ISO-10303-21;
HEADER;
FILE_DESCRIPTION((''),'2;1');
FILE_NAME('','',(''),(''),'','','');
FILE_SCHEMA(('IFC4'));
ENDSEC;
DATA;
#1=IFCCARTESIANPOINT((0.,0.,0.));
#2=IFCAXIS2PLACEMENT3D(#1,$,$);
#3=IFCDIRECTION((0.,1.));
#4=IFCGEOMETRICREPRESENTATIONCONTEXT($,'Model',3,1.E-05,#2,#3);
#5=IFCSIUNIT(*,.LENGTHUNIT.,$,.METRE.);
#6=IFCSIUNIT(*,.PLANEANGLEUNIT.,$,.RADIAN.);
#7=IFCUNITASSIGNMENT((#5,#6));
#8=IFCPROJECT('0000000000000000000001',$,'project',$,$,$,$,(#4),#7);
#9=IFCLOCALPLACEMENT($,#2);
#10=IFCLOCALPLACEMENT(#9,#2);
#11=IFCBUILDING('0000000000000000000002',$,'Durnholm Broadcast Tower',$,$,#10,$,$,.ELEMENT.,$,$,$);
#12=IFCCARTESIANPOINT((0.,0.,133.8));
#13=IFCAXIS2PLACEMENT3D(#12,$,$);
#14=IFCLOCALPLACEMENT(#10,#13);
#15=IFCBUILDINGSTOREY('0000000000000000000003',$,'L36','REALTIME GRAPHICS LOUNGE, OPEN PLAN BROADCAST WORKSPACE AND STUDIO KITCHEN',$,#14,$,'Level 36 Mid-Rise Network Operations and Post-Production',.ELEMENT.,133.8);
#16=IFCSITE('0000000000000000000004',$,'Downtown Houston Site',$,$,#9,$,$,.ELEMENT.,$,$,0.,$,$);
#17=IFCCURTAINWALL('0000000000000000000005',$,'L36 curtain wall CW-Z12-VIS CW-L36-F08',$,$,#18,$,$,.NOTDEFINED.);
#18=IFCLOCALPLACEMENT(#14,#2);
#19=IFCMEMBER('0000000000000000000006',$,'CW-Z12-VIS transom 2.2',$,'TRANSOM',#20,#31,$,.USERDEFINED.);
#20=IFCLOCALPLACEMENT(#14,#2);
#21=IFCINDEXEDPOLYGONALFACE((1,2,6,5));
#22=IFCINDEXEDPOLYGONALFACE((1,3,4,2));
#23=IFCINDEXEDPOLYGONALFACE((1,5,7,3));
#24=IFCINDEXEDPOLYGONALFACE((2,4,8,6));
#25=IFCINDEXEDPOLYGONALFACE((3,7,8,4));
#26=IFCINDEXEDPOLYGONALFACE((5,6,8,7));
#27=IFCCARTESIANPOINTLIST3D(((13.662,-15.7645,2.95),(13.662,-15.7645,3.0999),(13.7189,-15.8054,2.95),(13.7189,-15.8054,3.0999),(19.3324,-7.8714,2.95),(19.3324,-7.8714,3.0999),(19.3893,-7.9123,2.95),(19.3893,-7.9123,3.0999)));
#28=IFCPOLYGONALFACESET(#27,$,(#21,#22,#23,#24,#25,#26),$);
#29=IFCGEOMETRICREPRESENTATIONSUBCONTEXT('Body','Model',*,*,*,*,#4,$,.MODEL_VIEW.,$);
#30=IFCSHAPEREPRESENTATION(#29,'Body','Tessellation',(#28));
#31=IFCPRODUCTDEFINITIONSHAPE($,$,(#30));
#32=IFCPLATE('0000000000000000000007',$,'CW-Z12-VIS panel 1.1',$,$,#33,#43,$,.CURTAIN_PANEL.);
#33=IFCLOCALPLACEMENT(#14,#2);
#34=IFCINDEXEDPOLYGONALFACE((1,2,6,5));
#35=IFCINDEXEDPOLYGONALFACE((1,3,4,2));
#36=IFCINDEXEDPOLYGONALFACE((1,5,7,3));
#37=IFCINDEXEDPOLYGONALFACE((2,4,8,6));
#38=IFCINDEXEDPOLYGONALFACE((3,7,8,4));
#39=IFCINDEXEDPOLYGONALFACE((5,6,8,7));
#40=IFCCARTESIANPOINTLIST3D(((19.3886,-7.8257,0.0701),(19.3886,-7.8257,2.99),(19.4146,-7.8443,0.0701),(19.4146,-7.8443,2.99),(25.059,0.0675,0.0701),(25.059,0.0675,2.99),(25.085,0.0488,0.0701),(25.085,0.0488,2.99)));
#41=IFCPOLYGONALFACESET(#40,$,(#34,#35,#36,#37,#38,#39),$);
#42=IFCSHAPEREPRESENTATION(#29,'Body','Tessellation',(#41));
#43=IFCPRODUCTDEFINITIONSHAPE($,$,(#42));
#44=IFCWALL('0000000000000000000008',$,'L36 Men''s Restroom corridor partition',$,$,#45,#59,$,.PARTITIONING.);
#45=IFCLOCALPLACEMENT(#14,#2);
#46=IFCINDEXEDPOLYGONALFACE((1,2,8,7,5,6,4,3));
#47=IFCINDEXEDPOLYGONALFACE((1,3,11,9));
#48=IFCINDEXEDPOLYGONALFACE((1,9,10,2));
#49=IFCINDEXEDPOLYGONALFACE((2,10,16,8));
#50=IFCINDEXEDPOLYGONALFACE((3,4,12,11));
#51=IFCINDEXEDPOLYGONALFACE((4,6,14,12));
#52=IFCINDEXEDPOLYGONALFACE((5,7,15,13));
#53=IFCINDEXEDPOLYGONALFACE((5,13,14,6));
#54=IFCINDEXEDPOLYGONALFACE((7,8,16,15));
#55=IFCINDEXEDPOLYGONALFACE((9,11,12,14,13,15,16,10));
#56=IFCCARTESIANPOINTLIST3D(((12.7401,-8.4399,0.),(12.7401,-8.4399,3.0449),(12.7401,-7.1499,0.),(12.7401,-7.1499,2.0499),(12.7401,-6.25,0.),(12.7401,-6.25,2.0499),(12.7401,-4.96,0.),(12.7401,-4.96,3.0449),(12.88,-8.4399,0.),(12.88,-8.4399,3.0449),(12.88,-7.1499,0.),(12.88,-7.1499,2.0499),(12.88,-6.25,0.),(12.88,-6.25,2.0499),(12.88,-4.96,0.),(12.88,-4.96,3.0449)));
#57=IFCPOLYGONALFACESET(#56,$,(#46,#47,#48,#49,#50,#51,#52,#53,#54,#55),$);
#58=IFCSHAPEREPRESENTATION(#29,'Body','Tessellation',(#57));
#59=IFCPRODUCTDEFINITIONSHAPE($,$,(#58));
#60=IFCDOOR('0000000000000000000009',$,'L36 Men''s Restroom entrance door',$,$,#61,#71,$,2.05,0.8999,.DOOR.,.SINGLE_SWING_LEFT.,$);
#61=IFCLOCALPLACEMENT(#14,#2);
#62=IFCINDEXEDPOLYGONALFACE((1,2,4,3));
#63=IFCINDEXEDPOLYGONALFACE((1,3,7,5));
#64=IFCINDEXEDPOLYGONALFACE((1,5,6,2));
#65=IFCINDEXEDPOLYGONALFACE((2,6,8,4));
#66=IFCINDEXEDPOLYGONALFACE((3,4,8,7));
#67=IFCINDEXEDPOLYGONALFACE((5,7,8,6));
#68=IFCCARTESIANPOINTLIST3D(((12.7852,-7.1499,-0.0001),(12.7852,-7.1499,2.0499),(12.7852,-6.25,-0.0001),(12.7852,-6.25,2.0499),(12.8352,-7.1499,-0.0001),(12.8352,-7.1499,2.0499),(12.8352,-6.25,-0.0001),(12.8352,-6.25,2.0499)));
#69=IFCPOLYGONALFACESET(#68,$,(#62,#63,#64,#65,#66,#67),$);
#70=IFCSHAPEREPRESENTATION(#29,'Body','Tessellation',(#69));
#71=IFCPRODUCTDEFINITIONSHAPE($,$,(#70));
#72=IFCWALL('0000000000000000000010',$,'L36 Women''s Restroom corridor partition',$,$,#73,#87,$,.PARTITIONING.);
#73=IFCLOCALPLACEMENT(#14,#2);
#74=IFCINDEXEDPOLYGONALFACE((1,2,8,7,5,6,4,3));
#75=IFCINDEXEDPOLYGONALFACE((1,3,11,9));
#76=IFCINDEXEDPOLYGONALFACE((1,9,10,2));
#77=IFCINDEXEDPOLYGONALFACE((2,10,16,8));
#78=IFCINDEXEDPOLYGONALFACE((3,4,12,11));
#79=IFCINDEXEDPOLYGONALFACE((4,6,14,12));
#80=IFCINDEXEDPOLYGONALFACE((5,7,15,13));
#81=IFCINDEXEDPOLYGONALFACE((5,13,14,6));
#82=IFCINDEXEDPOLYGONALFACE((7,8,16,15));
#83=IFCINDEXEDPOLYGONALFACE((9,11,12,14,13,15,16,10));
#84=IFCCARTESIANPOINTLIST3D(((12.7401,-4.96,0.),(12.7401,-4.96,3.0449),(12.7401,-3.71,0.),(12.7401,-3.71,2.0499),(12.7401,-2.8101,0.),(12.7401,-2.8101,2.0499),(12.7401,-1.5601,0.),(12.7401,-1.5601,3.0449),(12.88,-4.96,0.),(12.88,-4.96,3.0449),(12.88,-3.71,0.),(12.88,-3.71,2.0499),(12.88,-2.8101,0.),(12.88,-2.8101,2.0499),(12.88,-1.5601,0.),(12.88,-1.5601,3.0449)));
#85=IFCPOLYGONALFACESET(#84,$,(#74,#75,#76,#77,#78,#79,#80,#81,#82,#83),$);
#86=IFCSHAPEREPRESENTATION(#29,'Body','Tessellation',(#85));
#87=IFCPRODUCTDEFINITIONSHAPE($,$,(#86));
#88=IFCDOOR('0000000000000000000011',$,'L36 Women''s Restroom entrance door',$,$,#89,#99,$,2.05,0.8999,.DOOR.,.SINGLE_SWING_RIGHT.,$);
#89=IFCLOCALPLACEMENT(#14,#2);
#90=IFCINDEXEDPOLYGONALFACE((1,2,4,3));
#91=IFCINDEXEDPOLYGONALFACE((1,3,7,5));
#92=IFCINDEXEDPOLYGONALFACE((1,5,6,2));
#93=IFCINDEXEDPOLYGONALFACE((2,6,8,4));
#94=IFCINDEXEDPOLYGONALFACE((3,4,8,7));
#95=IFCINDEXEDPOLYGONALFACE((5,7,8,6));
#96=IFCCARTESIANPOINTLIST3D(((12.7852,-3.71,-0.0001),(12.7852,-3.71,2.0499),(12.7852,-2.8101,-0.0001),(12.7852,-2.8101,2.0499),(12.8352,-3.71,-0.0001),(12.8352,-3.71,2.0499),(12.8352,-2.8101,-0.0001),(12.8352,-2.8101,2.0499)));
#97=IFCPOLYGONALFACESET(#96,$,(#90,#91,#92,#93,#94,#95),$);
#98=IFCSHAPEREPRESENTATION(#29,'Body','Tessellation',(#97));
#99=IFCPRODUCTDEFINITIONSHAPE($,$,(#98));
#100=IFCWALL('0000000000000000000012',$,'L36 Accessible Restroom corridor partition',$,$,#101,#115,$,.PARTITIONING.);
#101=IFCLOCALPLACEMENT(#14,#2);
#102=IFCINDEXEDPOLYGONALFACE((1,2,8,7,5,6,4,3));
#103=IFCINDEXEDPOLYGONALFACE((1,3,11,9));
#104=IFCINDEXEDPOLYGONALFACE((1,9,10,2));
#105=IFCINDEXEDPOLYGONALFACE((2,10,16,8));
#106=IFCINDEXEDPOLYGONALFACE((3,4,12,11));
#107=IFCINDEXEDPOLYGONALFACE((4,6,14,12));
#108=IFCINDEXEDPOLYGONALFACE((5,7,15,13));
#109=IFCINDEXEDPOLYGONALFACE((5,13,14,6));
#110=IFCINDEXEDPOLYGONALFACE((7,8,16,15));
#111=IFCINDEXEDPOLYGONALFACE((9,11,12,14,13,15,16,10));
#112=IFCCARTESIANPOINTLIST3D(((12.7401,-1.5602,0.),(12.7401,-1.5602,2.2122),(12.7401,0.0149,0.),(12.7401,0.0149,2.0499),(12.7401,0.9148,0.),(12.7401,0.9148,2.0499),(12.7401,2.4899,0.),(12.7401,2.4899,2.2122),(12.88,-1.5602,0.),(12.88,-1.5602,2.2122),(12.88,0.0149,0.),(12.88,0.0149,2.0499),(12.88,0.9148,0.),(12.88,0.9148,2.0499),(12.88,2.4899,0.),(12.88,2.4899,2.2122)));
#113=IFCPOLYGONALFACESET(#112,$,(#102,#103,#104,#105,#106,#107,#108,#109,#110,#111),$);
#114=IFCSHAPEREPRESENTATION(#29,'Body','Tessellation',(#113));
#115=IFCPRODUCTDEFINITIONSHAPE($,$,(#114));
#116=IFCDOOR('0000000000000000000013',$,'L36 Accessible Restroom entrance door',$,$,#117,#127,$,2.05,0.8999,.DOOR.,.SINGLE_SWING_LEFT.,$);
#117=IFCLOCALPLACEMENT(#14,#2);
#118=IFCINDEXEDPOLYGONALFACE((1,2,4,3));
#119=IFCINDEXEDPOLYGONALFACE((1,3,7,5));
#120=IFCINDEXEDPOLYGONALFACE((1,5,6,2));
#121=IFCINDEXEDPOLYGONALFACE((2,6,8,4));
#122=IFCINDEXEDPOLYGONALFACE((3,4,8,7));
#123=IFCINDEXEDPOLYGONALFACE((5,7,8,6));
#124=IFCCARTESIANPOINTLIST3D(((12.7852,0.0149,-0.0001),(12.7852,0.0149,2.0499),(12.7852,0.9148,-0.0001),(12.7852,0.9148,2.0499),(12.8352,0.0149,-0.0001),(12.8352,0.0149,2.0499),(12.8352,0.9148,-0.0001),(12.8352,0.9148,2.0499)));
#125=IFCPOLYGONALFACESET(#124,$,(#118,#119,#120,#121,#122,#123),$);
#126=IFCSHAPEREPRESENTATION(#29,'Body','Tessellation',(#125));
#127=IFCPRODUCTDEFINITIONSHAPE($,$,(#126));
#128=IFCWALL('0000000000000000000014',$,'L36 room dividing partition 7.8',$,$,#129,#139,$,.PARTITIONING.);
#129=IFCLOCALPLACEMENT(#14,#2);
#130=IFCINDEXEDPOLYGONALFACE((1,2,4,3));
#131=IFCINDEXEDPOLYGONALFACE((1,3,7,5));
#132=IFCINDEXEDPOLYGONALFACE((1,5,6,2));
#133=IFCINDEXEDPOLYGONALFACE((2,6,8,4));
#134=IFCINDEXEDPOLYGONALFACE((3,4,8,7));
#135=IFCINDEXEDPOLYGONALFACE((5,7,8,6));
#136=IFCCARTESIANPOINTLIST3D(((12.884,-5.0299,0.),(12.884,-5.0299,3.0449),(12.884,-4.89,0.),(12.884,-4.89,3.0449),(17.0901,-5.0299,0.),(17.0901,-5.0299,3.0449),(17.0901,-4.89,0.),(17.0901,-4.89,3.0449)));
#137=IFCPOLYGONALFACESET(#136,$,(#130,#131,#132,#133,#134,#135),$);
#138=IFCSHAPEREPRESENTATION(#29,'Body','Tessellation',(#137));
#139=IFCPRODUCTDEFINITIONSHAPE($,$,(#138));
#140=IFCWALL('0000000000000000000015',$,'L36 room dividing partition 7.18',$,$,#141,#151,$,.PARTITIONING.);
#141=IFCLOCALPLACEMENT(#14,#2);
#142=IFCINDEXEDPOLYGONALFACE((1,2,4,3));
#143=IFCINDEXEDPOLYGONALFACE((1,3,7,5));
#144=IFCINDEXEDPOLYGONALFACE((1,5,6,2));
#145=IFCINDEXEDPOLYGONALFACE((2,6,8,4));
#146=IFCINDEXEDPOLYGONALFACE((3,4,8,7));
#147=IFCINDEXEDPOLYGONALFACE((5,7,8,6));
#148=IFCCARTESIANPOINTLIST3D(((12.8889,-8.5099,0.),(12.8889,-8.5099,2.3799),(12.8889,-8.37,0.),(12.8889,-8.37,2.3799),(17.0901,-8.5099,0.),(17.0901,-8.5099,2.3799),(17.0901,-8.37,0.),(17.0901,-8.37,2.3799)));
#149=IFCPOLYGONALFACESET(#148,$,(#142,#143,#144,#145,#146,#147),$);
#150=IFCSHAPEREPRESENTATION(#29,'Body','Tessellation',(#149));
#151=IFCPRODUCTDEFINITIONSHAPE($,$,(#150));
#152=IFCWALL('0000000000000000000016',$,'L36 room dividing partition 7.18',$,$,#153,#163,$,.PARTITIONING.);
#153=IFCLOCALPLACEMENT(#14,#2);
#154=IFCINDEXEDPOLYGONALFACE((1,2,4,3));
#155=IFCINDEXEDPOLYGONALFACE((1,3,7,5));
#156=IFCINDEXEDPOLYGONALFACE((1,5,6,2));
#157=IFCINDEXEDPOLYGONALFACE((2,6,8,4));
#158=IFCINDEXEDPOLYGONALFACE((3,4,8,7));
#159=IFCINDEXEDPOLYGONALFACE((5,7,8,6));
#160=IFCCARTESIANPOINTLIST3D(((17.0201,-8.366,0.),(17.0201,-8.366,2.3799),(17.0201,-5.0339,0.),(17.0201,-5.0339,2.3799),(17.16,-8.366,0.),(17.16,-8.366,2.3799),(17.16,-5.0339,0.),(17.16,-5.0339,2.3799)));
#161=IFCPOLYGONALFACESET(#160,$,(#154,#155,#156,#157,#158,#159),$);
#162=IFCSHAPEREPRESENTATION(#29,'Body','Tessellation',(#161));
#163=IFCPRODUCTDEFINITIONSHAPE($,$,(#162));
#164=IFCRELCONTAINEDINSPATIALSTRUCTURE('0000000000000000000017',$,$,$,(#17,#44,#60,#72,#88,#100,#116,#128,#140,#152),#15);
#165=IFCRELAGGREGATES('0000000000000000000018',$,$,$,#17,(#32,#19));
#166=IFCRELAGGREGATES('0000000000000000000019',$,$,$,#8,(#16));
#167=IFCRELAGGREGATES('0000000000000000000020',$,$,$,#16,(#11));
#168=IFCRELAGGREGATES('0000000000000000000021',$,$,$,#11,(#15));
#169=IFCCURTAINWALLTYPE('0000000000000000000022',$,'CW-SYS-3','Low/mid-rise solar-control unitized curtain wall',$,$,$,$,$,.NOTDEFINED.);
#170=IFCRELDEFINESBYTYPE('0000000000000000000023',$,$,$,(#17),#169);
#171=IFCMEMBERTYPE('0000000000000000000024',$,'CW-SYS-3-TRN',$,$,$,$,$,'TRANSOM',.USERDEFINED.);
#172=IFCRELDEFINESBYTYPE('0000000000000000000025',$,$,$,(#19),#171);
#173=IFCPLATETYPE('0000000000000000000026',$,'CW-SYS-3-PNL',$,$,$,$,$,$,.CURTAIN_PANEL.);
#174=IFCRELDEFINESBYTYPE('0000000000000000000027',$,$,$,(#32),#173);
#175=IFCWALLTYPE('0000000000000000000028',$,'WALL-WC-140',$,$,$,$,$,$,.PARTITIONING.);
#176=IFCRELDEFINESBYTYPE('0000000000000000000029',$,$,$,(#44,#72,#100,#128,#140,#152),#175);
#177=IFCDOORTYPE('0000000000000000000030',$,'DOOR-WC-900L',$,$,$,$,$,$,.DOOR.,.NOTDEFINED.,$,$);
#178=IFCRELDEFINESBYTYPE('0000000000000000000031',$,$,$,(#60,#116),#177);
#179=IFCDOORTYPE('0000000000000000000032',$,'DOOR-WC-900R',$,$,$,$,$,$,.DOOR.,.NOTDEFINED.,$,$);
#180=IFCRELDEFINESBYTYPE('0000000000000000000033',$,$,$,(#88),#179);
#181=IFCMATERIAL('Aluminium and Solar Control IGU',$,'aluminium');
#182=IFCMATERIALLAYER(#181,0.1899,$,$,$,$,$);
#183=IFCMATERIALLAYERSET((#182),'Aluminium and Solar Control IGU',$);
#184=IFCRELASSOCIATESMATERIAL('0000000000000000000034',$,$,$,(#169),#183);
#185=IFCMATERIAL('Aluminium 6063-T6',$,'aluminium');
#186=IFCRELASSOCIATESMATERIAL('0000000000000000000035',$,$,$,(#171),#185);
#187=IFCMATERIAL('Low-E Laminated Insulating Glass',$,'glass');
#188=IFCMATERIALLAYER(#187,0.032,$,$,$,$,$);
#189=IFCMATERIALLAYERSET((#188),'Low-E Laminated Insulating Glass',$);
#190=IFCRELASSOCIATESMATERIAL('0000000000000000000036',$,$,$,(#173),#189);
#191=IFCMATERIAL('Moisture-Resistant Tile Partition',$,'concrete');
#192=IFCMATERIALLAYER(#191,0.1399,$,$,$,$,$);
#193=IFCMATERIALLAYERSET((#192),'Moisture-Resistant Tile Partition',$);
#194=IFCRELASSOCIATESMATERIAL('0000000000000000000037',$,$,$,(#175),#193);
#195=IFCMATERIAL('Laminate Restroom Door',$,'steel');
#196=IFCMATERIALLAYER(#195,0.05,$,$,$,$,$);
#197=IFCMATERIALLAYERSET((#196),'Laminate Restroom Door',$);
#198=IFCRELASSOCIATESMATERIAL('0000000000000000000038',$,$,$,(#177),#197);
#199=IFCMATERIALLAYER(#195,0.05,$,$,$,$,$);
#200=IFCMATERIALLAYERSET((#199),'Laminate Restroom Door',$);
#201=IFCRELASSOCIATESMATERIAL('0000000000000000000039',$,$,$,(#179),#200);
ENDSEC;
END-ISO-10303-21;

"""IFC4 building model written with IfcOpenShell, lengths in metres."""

from ifc_helpers import new_model, si_unit, direction, frame, frame_2d, origin, origin_2d, place, context, subcontext, project, spatial, rectangle, extrude, source, transform, mapped, material, layer, layer_set, material_profile, profile_set, type_object, type_shapes, element, fill, aggregate, save


model = new_model("IFC4")

# Units and contexts
model_context = context("Model", 3, precision=1e-05, world=origin(), true_north=direction((0.0, 1.0)))
body_context = subcontext(model_context, "Body", "Model", "MODEL_VIEW")
ifc_project = project(units=[si_unit("LENGTHUNIT", "METRE"), si_unit("PLANEANGLEUNIT", "RADIAN")], contexts=[model_context])

# Site, building, storey
site_placement = place(None, origin())
site = spatial("IfcSite", under=ifc_project, at=site_placement, Name="Downtown Houston Site", CompositionType="ELEMENT", RefElevation=0.0)
building_placement = place(site_placement, origin())
building = spatial("IfcBuilding", under=site, at=building_placement, Name="Durnholm Broadcast Tower", CompositionType="ELEMENT")
storey_placement = place(building_placement, frame((0.0, 0.0, 133.8)))
storey = spatial("IfcBuildingStorey", under=building, at=storey_placement, Name="L36", Description="REALTIME GRAPHICS LOUNGE, OPEN PLAN BROADCAST WORKSPACE AND STUDIO KITCHEN", LongName="Level 36 Mid-Rise Network Operations and Post-Production", CompositionType="ELEMENT", Elevation=133.8)

# Shared definitions
ifc_material_1 = material(Name="Aluminium and Solar Control IGU", Category="aluminium")
ifc_material_2 = material(Name="Aluminium 6063-T6", Category="aluminium")

# Curtain wall, member, plate
ifc_layer_1 = layer(ifc_material_1, 0.1899)
ifc_layer_set_1 = layer_set([ifc_layer_1], Name="Aluminium and Solar Control IGU")
curtain_wall_type_1 = type_object("IfcCurtainWallType", Name="CW-SYS-3", Description="Low/mid-rise solar-control unitized curtain wall", PredefinedType="NOTDEFINED", material=ifc_layer_set_1)
curtain_wall_1_placement = place(storey_placement, origin())
curtain_wall_1 = element("IfcCurtainWall", 1, at=curtain_wall_1_placement, inside=storey, type_object=curtain_wall_type_1, Name="L36 curtain wall CW-Z12-VIS CW-L36-F08", PredefinedType="NOTDEFINED")
ifc_material_profile_1 = material_profile(ifc_material_2, rectangle(XDim=0.0701, YDim=0.1499, at=origin_2d()), Name="CWT70X150")
ifc_profile_set_1 = profile_set([ifc_material_profile_1], Name="Aluminium 6063-T6")
member_type_1 = type_object("IfcMemberType", Name="CW-SYS-3-TRN", ElementType="TRANSOM", PredefinedType="USERDEFINED", material=ifc_profile_set_1)
shared_shape_1 = source(origin(), body_context, "Body", "SweptSolid", [
    extrude(rectangle(XDim=0.0701, YDim=0.1499, at=origin_2d()), origin(), (0.0, 0.0, 1.0), 9.7188),
])
type_shapes(member_type_1, [shared_shape_1])
member_1_placement = place(storey_placement, frame((19.3608, -7.8918, 3.0249), z_axis=(-0.583451, -0.812149, 0.0), x_axis=(0.812149, -0.583451, 0.0)))
member_1 = element("IfcMember", 2, at=member_1_placement, type_object=member_type_1, Name="CW-Z12-VIS transom 2.2", ObjectType="TRANSOM", PredefinedType="USERDEFINED", context=body_context, shape_type="MappedRepresentation", body=[
    mapped(shared_shape_1, transform((0.0, 0.0, 0.0), x_axis=(1.0, 0.0, 0.0), y_axis=(0.0, 1.0, 0.0), z_axis=(0.0, 0.0, 1.0), scale=1.0)),
])
ifc_material_3 = material(Name="Low-E Laminated Insulating Glass", Category="glass")
ifc_layer_2 = layer(ifc_material_3, 0.032)
ifc_layer_set_2 = layer_set([ifc_layer_2], Name="Low-E Laminated Insulating Glass")
plate_type = type_object("IfcPlateType", Name="CW-SYS-3-PNL", PredefinedType="CURTAIN_PANEL", material=ifc_layer_set_2)
shared_shape_2 = source(origin(), body_context, "Body", "SweptSolid", [
    extrude(rectangle(XDim=9.7188, YDim=0.032, at=origin_2d()), origin(), (0.0, 0.0, 1.0), 2.9199),
])
type_shapes(plate_type, [shared_shape_2])
plate_placement = place(storey_placement, frame((22.2368, -3.8884, 0.0701), z_axis=(0.0, 0.0, 1.0), x_axis=(-0.583445, -0.812152, 0.0)))
plate = element("IfcPlate", 3, at=plate_placement, type_object=plate_type, Name="CW-Z12-VIS panel 1.1", PredefinedType="CURTAIN_PANEL", context=body_context, shape_type="MappedRepresentation", body=[
    mapped(shared_shape_2, transform((0.0, 0.0, 0.0), x_axis=(1.0, 0.0, 0.0), y_axis=(0.0, 1.0, 0.0), z_axis=(0.0, 0.0, 1.0), scale=1.0)),
])
aggregate(curtain_wall_1, [plate, member_1])

# Walls, openings, doors
ifc_material_4 = material(Name="Moisture-Resistant Tile Partition", Category="concrete")
ifc_layer_3 = layer(ifc_material_4, 0.1399)
ifc_layer_set_3 = layer_set([ifc_layer_3], Name="Moisture-Resistant Tile Partition")
wall_type = type_object("IfcWallType", Name="WALL-WC-140", PredefinedType="PARTITIONING", material=ifc_layer_set_3)
wall_1_placement = place(storey_placement, frame((12.8101, -8.4399, 0.0), z_axis=(0.0, 0.0, 1.0), x_axis=(0.0, 1.0, 0.0)))
wall_1 = element("IfcWall", 4, at=wall_1_placement, inside=storey, type_object=wall_type, Name="L36 Men's Restroom corridor partition", PredefinedType="PARTITIONING", context=body_context, shape_type="SweptSolid", body=[
    extrude(rectangle(XDim=3.48, YDim=0.1399, at=frame_2d((1.74, 0.0))), origin(), (0.0, 0.0, 1.0), 3.0449),
])
opening_1_placement = place(wall_1_placement, frame((1.29, 0.0, 0.0)))
opening_1 = element("IfcOpeningElement", 5, at=opening_1_placement, cuts=wall_1, PredefinedType="OPENING", context=body_context, shape_type="SweptSolid", body=[
    extrude(rectangle(XDim=0.8999, YDim=2.05, at=frame_2d((0.45, 1.0249))), frame((0.0, 0.0801, 0.0), z_axis=(0.0, -1.0, 0.0), x_axis=(1.0, 0.0, 0.0)), (0.0, 0.0, 1.0), 0.1599),
])
ifc_material_5 = material(Name="Laminate Restroom Door", Category="steel")
ifc_layer_4 = layer(ifc_material_5, 0.05)
ifc_layer_set_4 = layer_set([ifc_layer_4], Name="Laminate Restroom Door")
door_type_1 = type_object("IfcDoorType", Name="DOOR-WC-900L", OperationType="NOTDEFINED", PredefinedType="DOOR", material=ifc_layer_set_4)
shared_shape_3 = source(origin(), body_context, "Body", "SweptSolid", [
    extrude(rectangle(XDim=0.8999, YDim=2.05, at=frame_2d((0.45, 1.0249))), frame((0.0, 0.0249, 0.0), z_axis=(0.0, -1.0, 0.0), x_axis=(1.0, 0.0, 0.0)), (0.0, 0.0, 1.0), 0.05),
])
type_shapes(door_type_1, [shared_shape_3])
door_1_placement = place(opening_1_placement, origin())
door_1 = element("IfcDoor", 6, at=door_1_placement, inside=storey, type_object=door_type_1, Name="L36 Men's Restroom entrance door", OperationType="SINGLE_SWING_LEFT", OverallHeight=2.05, OverallWidth=0.8999, PredefinedType="DOOR", context=body_context, shape_type="MappedRepresentation", body=[
    mapped(shared_shape_3, transform((0.0, 0.0, 0.0), x_axis=(1.0, 0.0, 0.0), y_axis=(0.0, 1.0, 0.0), z_axis=(0.0, 0.0, 1.0), scale=1.0)),
])
fill(opening_1, door_1)
wall_2_placement = place(storey_placement, frame((12.8101, -4.96, 0.0), z_axis=(0.0, 0.0, 1.0), x_axis=(0.0, 1.0, 0.0)))
wall_2 = element("IfcWall", 7, at=wall_2_placement, inside=storey, type_object=wall_type, Name="L36 Women's Restroom corridor partition", PredefinedType="PARTITIONING", context=body_context, shape_type="SweptSolid", body=[
    extrude(rectangle(XDim=3.3999, YDim=0.1399, at=frame_2d((1.7, 0.0))), origin(), (0.0, 0.0, 1.0), 3.0449),
])
opening_2_placement = place(wall_2_placement, frame((1.25, 0.0, 0.0)))
opening_2 = element("IfcOpeningElement", 8, at=opening_2_placement, cuts=wall_2, PredefinedType="OPENING", context=body_context, shape_type="SweptSolid", body=[
    extrude(rectangle(XDim=0.8999, YDim=2.05, at=frame_2d((0.45, 1.0249))), frame((0.0, 0.0801, 0.0), z_axis=(0.0, -1.0, 0.0), x_axis=(1.0, 0.0, 0.0)), (0.0, 0.0, 1.0), 0.1599),
])
ifc_layer_5 = layer(ifc_material_5, 0.05)
ifc_layer_set_5 = layer_set([ifc_layer_5], Name="Laminate Restroom Door")
door_type_2 = type_object("IfcDoorType", Name="DOOR-WC-900R", OperationType="NOTDEFINED", PredefinedType="DOOR", material=ifc_layer_set_5)
shared_shape_4 = source(origin(), body_context, "Body", "SweptSolid", [
    extrude(rectangle(XDim=0.8999, YDim=2.05, at=frame_2d((0.45, 1.0249))), frame((0.0, 0.0249, 0.0), z_axis=(0.0, -1.0, 0.0), x_axis=(1.0, 0.0, 0.0)), (0.0, 0.0, 1.0), 0.05),
])
type_shapes(door_type_2, [shared_shape_4])
door_2_placement = place(opening_2_placement, origin())
door_2 = element("IfcDoor", 9, at=door_2_placement, inside=storey, type_object=door_type_2, Name="L36 Women's Restroom entrance door", OperationType="SINGLE_SWING_RIGHT", OverallHeight=2.05, OverallWidth=0.8999, PredefinedType="DOOR", context=body_context, shape_type="MappedRepresentation", body=[
    mapped(shared_shape_4, transform((0.0, 0.0, 0.0), x_axis=(1.0, 0.0, 0.0), y_axis=(0.0, 1.0, 0.0), z_axis=(0.0, 0.0, 1.0), scale=1.0)),
])
fill(opening_2, door_2)
wall_3_placement = place(storey_placement, frame((12.8101, -1.5601, 0.0), z_axis=(0.0, 0.0, 1.0), x_axis=(0.0, 1.0, 0.0)))
wall_3 = element("IfcWall", 10, at=wall_3_placement, inside=storey, type_object=wall_type, Name="L36 Accessible Restroom corridor partition", PredefinedType="PARTITIONING", context=body_context, shape_type="SweptSolid", body=[
    extrude(rectangle(XDim=4.05, YDim=0.1399, at=frame_2d((2.0249, 0.0))), origin(), (0.0, 0.0, 1.0), 2.2122),
])
opening_3_placement = place(wall_3_placement, frame((1.575, 0.0, 0.0)))
opening_3 = element("IfcOpeningElement", 11, at=opening_3_placement, cuts=wall_3, PredefinedType="OPENING", context=body_context, shape_type="SweptSolid", body=[
    extrude(rectangle(XDim=0.8999, YDim=2.05, at=frame_2d((0.45, 1.0249))), frame((0.0, 0.0801, 0.0), z_axis=(0.0, -1.0, 0.0), x_axis=(1.0, 0.0, 0.0)), (0.0, 0.0, 1.0), 0.1599),
])
door_3_placement = place(opening_3_placement, origin())
door_3 = element("IfcDoor", 12, at=door_3_placement, inside=storey, type_object=door_type_1, Name="L36 Accessible Restroom entrance door", OperationType="SINGLE_SWING_LEFT", OverallHeight=2.05, OverallWidth=0.8999, PredefinedType="DOOR", context=body_context, shape_type="MappedRepresentation", body=[
    mapped(shared_shape_3, transform((0.0, 0.0, 0.0), x_axis=(1.0, 0.0, 0.0), y_axis=(0.0, 1.0, 0.0), z_axis=(0.0, 0.0, 1.0), scale=1.0)),
])
fill(opening_3, door_3)

# Walls
wall_4_placement = place(storey_placement, frame((12.884, -4.96, 0.0), z_axis=(0.0, 0.0, 1.0), x_axis=(1.0, 0.0, 0.0)))
element("IfcWall", 13, at=wall_4_placement, inside=storey, type_object=wall_type, Name="L36 room dividing partition 7.8", PredefinedType="PARTITIONING", context=body_context, shape_type="SweptSolid", body=[
    extrude(rectangle(XDim=4.2061, YDim=0.1399, at=frame_2d((2.103, 0.0))), origin(), (0.0, 0.0, 1.0), 3.0449),
])
wall_5_placement = place(storey_placement, frame((17.0901, -8.4399, 0.0), z_axis=(0.0, 0.0, 1.0), x_axis=(-1.0, 0.0, 0.0)))
element("IfcWall", 14, at=wall_5_placement, inside=storey, type_object=wall_type, Name="L36 room dividing partition 7.18", PredefinedType="PARTITIONING", context=body_context, shape_type="SweptSolid", body=[
    extrude(rectangle(XDim=4.2012, YDim=0.1399, at=frame_2d((2.1006, 0.0))), origin(), (0.0, 0.0, 1.0), 2.3799),
])
wall_6_placement = place(storey_placement, frame((17.0901, -5.0339, 0.0), z_axis=(0.0, 0.0, 1.0), x_axis=(0.0, -1.0, 0.0)))
element("IfcWall", 15, at=wall_6_placement, inside=storey, type_object=wall_type, Name="L36 room dividing partition 7.18", PredefinedType="PARTITIONING", context=body_context, shape_type="SweptSolid", body=[
    extrude(rectangle(XDim=3.332, YDim=0.1399, at=frame_2d((1.666, 0.0))), origin(), (0.0, 0.0, 1.0), 2.3799),
])

save(model, "model.ifc")
